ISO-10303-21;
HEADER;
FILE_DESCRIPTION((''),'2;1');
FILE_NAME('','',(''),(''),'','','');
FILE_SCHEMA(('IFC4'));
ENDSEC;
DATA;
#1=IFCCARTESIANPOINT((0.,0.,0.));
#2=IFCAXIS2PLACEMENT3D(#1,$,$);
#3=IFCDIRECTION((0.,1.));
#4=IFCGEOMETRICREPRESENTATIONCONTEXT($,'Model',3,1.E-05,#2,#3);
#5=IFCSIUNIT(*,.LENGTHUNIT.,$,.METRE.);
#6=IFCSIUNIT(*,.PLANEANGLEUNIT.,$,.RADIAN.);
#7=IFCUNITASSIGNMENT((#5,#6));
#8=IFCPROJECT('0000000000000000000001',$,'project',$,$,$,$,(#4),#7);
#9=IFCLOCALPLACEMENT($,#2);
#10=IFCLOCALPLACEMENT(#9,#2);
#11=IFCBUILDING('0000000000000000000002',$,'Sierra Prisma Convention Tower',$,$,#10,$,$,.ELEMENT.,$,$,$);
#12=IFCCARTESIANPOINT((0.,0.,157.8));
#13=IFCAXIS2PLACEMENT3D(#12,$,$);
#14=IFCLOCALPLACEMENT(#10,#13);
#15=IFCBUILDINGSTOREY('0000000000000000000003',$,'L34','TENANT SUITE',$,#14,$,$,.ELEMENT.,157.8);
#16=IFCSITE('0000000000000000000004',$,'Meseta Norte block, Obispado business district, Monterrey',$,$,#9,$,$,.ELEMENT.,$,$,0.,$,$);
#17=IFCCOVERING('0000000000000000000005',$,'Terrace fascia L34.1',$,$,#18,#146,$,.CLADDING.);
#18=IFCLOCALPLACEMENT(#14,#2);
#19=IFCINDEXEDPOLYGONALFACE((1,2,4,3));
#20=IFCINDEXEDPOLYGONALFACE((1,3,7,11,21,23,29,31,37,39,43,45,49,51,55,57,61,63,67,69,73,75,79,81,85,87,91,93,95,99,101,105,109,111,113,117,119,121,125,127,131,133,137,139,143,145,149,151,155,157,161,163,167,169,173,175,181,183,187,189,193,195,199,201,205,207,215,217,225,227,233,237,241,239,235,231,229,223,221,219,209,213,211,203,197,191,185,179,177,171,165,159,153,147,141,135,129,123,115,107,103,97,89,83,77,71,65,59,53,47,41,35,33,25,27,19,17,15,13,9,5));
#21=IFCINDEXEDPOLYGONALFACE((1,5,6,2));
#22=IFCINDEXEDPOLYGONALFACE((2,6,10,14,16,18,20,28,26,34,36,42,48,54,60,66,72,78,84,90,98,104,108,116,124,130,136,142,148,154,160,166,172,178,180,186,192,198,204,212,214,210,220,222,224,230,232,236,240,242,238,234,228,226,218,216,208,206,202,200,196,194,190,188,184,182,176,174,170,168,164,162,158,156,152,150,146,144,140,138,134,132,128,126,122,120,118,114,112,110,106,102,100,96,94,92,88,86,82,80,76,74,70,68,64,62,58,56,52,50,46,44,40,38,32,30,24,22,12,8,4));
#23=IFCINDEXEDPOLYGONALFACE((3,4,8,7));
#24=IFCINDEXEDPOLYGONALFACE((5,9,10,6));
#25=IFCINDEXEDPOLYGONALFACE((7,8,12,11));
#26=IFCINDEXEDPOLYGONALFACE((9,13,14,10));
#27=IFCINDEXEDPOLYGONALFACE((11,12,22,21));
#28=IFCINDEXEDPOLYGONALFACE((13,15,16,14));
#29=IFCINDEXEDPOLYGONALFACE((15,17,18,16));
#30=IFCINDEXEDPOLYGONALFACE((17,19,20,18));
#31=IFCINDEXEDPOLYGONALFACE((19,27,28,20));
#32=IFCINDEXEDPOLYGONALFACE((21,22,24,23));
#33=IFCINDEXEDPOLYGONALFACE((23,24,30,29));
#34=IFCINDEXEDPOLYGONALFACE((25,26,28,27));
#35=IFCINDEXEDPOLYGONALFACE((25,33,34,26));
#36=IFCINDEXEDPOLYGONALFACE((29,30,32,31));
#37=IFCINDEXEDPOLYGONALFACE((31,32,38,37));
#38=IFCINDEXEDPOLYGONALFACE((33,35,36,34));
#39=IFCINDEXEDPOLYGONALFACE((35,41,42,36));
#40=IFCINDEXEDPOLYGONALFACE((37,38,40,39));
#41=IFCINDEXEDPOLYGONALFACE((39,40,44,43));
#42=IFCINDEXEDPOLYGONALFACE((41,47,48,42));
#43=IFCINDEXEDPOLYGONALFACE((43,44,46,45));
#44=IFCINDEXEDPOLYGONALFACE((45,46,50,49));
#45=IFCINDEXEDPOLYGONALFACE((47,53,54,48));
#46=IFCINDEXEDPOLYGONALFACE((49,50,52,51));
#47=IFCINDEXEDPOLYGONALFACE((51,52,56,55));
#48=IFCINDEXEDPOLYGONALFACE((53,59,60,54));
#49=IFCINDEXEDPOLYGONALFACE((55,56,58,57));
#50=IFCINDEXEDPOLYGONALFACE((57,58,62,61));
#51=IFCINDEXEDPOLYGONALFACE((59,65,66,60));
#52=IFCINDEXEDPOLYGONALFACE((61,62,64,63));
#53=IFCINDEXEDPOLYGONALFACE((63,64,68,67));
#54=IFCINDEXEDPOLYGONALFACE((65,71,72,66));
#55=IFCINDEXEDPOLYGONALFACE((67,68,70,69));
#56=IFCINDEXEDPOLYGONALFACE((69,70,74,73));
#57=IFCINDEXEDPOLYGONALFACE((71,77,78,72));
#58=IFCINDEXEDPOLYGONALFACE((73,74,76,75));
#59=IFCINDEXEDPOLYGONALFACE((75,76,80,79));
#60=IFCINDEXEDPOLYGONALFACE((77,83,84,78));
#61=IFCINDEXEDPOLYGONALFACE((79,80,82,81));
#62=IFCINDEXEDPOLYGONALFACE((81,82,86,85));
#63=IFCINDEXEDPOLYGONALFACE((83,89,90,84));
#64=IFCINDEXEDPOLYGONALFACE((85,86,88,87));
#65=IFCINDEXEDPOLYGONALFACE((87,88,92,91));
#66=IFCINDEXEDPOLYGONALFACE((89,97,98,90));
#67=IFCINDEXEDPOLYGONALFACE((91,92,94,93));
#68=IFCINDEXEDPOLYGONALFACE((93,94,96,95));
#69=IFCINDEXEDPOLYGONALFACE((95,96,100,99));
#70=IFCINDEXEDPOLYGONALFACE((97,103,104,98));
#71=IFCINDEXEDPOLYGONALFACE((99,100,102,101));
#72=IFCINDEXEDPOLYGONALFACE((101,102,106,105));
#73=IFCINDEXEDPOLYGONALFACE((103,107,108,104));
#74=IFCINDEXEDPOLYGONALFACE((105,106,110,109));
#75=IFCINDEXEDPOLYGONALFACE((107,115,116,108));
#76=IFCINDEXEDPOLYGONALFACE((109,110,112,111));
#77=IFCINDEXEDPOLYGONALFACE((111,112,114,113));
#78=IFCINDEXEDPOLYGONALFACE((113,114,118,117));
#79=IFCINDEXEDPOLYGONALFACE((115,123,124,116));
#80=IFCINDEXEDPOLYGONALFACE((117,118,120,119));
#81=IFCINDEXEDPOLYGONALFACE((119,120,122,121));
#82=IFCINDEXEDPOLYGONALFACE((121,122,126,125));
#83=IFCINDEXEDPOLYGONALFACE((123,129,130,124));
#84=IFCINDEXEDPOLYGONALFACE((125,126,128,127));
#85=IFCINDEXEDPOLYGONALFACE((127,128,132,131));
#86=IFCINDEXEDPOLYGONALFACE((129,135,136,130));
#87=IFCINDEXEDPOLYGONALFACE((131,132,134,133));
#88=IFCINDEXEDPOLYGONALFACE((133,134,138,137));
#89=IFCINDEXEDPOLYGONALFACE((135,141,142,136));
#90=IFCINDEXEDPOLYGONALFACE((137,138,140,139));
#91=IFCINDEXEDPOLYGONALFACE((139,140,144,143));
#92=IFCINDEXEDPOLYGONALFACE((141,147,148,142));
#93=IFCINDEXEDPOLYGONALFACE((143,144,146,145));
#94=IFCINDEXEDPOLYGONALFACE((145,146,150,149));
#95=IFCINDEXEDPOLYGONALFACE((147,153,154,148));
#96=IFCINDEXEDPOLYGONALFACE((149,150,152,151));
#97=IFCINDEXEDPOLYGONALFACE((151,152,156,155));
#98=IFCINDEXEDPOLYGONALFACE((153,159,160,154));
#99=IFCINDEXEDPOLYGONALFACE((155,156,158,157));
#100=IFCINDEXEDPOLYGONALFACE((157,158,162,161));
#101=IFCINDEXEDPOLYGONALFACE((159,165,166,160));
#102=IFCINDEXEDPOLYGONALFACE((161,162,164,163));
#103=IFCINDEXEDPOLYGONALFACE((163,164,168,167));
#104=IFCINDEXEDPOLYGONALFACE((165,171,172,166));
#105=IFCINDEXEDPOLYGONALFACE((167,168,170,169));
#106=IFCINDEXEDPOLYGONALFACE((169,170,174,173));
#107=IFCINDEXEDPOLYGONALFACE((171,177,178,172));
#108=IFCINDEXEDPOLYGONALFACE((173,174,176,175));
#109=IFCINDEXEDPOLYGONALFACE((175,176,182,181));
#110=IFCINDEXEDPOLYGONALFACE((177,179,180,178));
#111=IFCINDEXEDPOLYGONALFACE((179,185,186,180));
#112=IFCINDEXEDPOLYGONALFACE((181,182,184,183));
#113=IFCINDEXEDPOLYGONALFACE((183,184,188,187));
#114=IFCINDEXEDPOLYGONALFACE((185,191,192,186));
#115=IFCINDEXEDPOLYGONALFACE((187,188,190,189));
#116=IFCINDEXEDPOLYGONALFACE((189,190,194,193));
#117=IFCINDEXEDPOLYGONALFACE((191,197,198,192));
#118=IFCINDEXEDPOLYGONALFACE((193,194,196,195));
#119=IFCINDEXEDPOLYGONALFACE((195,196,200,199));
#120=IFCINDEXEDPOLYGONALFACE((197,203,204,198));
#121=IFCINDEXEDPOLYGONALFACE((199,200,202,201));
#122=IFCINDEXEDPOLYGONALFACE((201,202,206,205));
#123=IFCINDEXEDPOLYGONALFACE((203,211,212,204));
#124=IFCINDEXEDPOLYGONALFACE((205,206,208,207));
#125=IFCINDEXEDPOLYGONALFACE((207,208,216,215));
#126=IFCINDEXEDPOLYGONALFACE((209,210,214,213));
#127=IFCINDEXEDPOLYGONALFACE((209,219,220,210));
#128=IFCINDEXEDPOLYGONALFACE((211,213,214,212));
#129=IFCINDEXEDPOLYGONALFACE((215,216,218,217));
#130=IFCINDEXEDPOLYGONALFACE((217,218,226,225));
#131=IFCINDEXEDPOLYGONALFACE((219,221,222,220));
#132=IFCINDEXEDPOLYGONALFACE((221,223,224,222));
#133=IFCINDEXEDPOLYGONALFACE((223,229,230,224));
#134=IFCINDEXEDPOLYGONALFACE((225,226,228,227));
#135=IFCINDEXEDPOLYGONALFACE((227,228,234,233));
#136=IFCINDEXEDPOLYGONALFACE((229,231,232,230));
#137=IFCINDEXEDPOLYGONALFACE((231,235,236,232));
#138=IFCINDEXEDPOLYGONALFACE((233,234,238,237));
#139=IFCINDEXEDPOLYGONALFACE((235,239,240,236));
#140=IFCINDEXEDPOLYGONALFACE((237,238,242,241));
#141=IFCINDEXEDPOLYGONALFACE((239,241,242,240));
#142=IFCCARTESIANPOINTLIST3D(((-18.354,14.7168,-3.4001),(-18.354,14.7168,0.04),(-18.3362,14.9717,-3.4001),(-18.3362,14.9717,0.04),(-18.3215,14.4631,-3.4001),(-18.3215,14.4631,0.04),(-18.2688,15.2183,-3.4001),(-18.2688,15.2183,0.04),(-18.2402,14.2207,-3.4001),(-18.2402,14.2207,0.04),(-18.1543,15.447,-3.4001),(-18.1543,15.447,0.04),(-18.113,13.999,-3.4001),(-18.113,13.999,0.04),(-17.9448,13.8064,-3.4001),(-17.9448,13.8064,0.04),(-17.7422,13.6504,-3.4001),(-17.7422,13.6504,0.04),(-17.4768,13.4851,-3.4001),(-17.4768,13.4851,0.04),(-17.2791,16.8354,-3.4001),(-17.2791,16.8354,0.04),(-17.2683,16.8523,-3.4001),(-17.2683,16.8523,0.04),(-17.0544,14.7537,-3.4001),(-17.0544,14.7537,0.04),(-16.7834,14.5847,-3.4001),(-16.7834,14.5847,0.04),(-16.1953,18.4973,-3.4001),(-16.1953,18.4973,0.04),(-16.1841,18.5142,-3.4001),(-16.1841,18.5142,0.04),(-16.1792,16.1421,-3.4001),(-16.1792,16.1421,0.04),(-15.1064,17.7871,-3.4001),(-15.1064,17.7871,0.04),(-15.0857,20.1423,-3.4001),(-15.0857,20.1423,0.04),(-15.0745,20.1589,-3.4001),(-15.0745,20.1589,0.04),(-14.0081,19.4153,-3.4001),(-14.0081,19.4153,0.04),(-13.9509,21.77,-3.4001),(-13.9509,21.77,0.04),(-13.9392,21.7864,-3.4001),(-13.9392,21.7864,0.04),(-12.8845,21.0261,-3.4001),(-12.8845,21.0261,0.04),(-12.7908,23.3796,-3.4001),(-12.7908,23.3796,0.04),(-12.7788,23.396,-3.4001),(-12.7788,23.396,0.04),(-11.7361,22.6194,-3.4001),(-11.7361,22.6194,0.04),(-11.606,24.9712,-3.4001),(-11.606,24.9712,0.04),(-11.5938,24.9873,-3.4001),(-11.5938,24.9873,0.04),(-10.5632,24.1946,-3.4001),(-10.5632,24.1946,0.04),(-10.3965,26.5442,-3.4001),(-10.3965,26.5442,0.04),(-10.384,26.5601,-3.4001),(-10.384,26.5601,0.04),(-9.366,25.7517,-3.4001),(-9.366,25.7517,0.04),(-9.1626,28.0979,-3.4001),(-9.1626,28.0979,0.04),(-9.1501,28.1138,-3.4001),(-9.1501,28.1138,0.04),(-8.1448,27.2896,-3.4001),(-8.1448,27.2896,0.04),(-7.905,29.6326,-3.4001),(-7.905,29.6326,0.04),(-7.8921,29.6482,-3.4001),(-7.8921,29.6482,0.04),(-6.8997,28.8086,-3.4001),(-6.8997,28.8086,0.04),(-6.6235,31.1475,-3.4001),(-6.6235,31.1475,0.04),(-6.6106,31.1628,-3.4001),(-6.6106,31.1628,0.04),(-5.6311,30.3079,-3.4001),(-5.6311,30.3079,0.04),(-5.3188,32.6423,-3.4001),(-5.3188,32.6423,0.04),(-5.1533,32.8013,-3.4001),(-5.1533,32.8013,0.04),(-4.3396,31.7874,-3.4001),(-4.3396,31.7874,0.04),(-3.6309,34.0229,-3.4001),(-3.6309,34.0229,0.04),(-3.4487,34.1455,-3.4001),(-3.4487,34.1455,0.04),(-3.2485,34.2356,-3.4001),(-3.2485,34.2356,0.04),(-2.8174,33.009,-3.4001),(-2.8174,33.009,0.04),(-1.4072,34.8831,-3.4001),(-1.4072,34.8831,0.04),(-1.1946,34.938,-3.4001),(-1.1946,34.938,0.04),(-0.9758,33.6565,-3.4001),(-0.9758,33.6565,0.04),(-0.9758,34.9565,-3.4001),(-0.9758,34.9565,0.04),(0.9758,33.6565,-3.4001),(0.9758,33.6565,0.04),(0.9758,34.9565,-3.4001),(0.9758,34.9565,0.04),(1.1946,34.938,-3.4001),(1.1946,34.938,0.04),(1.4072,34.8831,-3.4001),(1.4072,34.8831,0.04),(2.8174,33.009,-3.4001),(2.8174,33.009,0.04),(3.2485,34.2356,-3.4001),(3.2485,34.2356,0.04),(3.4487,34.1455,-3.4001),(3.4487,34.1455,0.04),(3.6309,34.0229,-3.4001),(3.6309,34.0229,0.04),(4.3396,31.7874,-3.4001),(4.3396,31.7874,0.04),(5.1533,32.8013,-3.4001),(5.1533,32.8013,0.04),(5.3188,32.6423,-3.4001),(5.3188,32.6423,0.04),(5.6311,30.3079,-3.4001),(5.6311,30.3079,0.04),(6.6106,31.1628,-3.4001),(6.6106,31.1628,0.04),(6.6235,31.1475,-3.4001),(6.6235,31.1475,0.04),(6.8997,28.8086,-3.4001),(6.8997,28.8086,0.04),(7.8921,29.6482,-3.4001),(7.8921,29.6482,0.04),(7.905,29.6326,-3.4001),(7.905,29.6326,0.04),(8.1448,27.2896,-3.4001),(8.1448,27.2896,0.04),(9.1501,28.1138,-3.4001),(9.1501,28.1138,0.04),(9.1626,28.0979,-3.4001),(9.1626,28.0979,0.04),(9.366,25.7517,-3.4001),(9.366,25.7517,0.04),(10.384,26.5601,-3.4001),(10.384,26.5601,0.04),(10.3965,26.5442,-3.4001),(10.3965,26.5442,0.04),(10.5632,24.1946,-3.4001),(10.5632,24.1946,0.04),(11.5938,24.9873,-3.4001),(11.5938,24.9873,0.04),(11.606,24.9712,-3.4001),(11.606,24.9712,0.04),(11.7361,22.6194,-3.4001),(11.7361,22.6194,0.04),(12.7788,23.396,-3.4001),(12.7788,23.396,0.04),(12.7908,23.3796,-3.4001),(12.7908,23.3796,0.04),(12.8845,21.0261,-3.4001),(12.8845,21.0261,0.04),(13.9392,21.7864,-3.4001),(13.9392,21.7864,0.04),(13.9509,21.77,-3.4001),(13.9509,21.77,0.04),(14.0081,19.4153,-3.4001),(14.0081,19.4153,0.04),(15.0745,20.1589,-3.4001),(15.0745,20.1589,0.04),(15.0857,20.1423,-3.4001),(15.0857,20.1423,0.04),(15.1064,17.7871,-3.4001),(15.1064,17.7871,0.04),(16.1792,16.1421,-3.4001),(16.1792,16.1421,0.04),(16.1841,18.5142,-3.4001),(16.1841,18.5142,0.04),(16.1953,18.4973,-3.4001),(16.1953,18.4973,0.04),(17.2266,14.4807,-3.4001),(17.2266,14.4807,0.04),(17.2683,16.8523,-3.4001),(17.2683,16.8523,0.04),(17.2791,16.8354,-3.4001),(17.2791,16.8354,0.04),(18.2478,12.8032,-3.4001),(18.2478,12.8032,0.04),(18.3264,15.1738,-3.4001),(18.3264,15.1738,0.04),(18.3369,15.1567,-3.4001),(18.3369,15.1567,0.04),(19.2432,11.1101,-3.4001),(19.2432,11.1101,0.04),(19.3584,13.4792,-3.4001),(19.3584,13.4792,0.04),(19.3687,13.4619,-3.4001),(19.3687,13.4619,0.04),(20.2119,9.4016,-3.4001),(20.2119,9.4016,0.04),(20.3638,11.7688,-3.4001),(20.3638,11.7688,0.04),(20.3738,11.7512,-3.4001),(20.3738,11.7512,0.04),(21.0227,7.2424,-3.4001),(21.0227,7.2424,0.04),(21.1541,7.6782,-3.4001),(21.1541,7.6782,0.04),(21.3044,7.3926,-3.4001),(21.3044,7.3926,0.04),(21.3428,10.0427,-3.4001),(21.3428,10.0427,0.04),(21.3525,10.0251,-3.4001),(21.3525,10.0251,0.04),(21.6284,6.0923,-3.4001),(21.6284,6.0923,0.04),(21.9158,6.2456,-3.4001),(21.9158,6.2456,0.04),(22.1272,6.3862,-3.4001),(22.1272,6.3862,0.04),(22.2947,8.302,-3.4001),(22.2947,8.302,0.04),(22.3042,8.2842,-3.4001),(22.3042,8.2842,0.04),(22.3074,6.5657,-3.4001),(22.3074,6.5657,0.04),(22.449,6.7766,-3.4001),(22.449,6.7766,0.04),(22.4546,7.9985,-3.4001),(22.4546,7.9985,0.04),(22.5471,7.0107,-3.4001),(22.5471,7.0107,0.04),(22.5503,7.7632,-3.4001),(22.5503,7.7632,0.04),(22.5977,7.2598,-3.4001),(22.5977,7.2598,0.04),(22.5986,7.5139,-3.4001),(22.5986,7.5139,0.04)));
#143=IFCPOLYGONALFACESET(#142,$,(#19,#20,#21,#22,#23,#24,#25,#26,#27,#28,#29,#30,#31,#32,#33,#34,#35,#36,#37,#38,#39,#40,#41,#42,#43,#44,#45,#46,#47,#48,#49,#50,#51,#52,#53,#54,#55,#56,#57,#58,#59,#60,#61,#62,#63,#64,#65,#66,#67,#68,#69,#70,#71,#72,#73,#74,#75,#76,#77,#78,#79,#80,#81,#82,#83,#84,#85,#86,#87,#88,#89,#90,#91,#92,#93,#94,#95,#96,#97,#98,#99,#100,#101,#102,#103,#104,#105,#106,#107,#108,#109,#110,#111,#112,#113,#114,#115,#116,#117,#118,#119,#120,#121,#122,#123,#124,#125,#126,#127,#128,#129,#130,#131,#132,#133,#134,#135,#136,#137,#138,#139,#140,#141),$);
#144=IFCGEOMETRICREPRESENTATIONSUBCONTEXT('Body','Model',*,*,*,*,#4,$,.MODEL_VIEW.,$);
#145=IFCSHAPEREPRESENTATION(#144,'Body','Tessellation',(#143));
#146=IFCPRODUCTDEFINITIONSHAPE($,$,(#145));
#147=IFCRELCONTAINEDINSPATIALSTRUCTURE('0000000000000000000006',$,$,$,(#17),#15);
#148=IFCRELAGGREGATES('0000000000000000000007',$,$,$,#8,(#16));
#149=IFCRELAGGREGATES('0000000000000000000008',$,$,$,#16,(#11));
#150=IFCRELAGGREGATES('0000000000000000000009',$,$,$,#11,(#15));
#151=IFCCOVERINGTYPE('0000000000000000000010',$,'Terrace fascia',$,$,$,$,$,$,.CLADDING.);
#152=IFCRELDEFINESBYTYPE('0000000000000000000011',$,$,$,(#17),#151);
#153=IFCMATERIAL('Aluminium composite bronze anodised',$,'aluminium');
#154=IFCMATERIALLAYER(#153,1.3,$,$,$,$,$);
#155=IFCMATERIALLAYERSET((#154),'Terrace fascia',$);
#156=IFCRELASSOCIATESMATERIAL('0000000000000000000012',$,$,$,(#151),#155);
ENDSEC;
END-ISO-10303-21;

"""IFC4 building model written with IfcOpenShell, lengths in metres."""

from ifc_helpers import new_model, si_unit, direction, frame, origin, place, context, subcontext, project, spatial, polyline, outline, extrude, material, layer, layer_set, type_object, element, save


model = new_model("IFC4")

# Units and contexts
model_context = context("Model", 3, precision=1e-05, world=origin(), true_north=direction((0.0, 1.0)))
body_context = subcontext(model_context, "Body", "Model", "MODEL_VIEW")
ifc_project = project(units=[si_unit("LENGTHUNIT", "METRE"), si_unit("PLANEANGLEUNIT", "RADIAN")], contexts=[model_context])

# Site, building, storey
site_placement = place(None, origin())
site = spatial("IfcSite", under=ifc_project, at=site_placement, Name="Meseta Norte block, Obispado business district, Monterrey", CompositionType="ELEMENT", RefElevation=0.0)
building_placement = place(site_placement, origin())
building = spatial("IfcBuilding", under=site, at=building_placement, Name="Sierra Prisma Convention Tower", CompositionType="ELEMENT")
storey_placement = place(building_placement, frame((0.0, 0.0, 157.8)))
storey = spatial("IfcBuildingStorey", under=building, at=storey_placement, Name="L34", Description="TENANT SUITE", CompositionType="ELEMENT", Elevation=157.8)

# Covering
ifc_material_1 = material(Name="Aluminium composite bronze anodised", Category="aluminium")
ifc_layer_1 = layer(ifc_material_1, 1.3)
ifc_layer_set_1 = layer_set([ifc_layer_1], Name="Terrace fascia")
covering_type_1 = type_object("IfcCoveringType", Name="Terrace fascia", PredefinedType="CLADDING", material=ifc_layer_set_1)
covering_1_placement = place(storey_placement, frame((0.0, 0.0, -3.4001)))
element("IfcCovering", 1, at=covering_1_placement, inside=storey, type_object=covering_type_1, Name="Terrace fascia L34.1", PredefinedType="CLADDING", context=body_context, shape_type="SweptSolid", body=[
    extrude(outline(polyline([(-17.7422, 13.6504), (-17.9448, 13.8064), (-18.113, 13.999), (-18.2402, 14.2207), (-18.3215, 14.4631), (-18.354, 14.7168), (-18.3362, 14.9717), (-18.2688, 15.2183), (-18.1543, 15.447), (-17.2791, 16.8354), (-17.2683, 16.8523), (-16.1953, 18.4973), (-16.1841, 18.5142), (-15.0857, 20.1423), (-15.0745, 20.1589), (-13.9509, 21.77), (-13.9392, 21.7864), (-12.7908, 23.3796), (-12.7788, 23.396), (-11.606, 24.9712), (-11.5938, 24.9873), (-10.3965, 26.5442), (-10.384, 26.5601), (-9.1626, 28.0979), (-9.1501, 28.1138), (-7.905, 29.6326), (-7.8921, 29.6482), (-6.6235, 31.1475), (-6.6106, 31.1628), (-5.3188, 32.6423), (-5.1533, 32.8013), (-3.6309, 34.0229), (-3.4487, 34.1455), (-3.2485, 34.2356), (-1.4072, 34.8831), (-1.1946, 34.938), (-0.9758, 34.9565), (0.9758, 34.9565), (1.1946, 34.938), (1.4072, 34.8831), (3.2485, 34.2356), (3.4487, 34.1455), (3.6309, 34.0229), (5.1533, 32.8013), (5.3188, 32.6423), (6.6106, 31.1628), (6.6235, 31.1475), (7.8921, 29.6482), (7.905, 29.6326), (9.1501, 28.1138), (9.1626, 28.0979), (10.384, 26.5601), (10.3965, 26.5442), (11.5938, 24.9873), (11.606, 24.9712), (12.7788, 23.396), (12.7908, 23.3796), (13.9392, 21.7864), (13.9509, 21.77), (15.0745, 20.1589), (15.0857, 20.1423), (16.1841, 18.5142), (16.1953, 18.4973), (17.2683, 16.8523), (17.2791, 16.8354), (18.3264, 15.1738), (18.3369, 15.1567), (19.3584, 13.4792), (19.3687, 13.4619), (20.3638, 11.7688), (20.3738, 11.7512), (21.3428, 10.0427), (21.3525, 10.0251), (22.2947, 8.302), (22.3042, 8.2842), (22.4546, 7.9985), (22.5503, 7.7632), (22.5986, 7.5139), (22.5977, 7.2598), (22.5471, 7.0107), (22.449, 6.7766), (22.3074, 6.5657), (22.1272, 6.3862), (21.9158, 6.2456), (21.6284, 6.0923), (21.0227, 7.2424), (21.3044, 7.3926), (21.1541, 7.6782), (20.2119, 9.4016), (19.2432, 11.1101), (18.2478, 12.8032), (17.2266, 14.4807), (16.1792, 16.1421), (15.1064, 17.7871), (14.0081, 19.4153), (12.8845, 21.0261), (11.7361, 22.6194), (10.5632, 24.1946), (9.366, 25.7517), (8.1448, 27.2896), (6.8997, 28.8086), (5.6311, 30.3079), (4.3396, 31.7874), (2.8174, 33.009), (0.9758, 33.6565), (-0.9758, 33.6565), (-2.8174, 33.009), (-4.3396, 31.7874), (-5.6311, 30.3079), (-6.8997, 28.8086), (-8.1448, 27.2896), (-9.366, 25.7517), (-10.5632, 24.1946), (-11.7361, 22.6194), (-12.8845, 21.0261), (-14.0081, 19.4153), (-15.1064, 17.7871), (-16.1792, 16.1421), (-17.0544, 14.7537), (-16.7834, 14.5847), (-17.4768, 13.4851), (-17.7422, 13.6504)])), origin(), (0.0, 0.0, 1.0), 3.4402),
])

save(model, "model.ifc")
